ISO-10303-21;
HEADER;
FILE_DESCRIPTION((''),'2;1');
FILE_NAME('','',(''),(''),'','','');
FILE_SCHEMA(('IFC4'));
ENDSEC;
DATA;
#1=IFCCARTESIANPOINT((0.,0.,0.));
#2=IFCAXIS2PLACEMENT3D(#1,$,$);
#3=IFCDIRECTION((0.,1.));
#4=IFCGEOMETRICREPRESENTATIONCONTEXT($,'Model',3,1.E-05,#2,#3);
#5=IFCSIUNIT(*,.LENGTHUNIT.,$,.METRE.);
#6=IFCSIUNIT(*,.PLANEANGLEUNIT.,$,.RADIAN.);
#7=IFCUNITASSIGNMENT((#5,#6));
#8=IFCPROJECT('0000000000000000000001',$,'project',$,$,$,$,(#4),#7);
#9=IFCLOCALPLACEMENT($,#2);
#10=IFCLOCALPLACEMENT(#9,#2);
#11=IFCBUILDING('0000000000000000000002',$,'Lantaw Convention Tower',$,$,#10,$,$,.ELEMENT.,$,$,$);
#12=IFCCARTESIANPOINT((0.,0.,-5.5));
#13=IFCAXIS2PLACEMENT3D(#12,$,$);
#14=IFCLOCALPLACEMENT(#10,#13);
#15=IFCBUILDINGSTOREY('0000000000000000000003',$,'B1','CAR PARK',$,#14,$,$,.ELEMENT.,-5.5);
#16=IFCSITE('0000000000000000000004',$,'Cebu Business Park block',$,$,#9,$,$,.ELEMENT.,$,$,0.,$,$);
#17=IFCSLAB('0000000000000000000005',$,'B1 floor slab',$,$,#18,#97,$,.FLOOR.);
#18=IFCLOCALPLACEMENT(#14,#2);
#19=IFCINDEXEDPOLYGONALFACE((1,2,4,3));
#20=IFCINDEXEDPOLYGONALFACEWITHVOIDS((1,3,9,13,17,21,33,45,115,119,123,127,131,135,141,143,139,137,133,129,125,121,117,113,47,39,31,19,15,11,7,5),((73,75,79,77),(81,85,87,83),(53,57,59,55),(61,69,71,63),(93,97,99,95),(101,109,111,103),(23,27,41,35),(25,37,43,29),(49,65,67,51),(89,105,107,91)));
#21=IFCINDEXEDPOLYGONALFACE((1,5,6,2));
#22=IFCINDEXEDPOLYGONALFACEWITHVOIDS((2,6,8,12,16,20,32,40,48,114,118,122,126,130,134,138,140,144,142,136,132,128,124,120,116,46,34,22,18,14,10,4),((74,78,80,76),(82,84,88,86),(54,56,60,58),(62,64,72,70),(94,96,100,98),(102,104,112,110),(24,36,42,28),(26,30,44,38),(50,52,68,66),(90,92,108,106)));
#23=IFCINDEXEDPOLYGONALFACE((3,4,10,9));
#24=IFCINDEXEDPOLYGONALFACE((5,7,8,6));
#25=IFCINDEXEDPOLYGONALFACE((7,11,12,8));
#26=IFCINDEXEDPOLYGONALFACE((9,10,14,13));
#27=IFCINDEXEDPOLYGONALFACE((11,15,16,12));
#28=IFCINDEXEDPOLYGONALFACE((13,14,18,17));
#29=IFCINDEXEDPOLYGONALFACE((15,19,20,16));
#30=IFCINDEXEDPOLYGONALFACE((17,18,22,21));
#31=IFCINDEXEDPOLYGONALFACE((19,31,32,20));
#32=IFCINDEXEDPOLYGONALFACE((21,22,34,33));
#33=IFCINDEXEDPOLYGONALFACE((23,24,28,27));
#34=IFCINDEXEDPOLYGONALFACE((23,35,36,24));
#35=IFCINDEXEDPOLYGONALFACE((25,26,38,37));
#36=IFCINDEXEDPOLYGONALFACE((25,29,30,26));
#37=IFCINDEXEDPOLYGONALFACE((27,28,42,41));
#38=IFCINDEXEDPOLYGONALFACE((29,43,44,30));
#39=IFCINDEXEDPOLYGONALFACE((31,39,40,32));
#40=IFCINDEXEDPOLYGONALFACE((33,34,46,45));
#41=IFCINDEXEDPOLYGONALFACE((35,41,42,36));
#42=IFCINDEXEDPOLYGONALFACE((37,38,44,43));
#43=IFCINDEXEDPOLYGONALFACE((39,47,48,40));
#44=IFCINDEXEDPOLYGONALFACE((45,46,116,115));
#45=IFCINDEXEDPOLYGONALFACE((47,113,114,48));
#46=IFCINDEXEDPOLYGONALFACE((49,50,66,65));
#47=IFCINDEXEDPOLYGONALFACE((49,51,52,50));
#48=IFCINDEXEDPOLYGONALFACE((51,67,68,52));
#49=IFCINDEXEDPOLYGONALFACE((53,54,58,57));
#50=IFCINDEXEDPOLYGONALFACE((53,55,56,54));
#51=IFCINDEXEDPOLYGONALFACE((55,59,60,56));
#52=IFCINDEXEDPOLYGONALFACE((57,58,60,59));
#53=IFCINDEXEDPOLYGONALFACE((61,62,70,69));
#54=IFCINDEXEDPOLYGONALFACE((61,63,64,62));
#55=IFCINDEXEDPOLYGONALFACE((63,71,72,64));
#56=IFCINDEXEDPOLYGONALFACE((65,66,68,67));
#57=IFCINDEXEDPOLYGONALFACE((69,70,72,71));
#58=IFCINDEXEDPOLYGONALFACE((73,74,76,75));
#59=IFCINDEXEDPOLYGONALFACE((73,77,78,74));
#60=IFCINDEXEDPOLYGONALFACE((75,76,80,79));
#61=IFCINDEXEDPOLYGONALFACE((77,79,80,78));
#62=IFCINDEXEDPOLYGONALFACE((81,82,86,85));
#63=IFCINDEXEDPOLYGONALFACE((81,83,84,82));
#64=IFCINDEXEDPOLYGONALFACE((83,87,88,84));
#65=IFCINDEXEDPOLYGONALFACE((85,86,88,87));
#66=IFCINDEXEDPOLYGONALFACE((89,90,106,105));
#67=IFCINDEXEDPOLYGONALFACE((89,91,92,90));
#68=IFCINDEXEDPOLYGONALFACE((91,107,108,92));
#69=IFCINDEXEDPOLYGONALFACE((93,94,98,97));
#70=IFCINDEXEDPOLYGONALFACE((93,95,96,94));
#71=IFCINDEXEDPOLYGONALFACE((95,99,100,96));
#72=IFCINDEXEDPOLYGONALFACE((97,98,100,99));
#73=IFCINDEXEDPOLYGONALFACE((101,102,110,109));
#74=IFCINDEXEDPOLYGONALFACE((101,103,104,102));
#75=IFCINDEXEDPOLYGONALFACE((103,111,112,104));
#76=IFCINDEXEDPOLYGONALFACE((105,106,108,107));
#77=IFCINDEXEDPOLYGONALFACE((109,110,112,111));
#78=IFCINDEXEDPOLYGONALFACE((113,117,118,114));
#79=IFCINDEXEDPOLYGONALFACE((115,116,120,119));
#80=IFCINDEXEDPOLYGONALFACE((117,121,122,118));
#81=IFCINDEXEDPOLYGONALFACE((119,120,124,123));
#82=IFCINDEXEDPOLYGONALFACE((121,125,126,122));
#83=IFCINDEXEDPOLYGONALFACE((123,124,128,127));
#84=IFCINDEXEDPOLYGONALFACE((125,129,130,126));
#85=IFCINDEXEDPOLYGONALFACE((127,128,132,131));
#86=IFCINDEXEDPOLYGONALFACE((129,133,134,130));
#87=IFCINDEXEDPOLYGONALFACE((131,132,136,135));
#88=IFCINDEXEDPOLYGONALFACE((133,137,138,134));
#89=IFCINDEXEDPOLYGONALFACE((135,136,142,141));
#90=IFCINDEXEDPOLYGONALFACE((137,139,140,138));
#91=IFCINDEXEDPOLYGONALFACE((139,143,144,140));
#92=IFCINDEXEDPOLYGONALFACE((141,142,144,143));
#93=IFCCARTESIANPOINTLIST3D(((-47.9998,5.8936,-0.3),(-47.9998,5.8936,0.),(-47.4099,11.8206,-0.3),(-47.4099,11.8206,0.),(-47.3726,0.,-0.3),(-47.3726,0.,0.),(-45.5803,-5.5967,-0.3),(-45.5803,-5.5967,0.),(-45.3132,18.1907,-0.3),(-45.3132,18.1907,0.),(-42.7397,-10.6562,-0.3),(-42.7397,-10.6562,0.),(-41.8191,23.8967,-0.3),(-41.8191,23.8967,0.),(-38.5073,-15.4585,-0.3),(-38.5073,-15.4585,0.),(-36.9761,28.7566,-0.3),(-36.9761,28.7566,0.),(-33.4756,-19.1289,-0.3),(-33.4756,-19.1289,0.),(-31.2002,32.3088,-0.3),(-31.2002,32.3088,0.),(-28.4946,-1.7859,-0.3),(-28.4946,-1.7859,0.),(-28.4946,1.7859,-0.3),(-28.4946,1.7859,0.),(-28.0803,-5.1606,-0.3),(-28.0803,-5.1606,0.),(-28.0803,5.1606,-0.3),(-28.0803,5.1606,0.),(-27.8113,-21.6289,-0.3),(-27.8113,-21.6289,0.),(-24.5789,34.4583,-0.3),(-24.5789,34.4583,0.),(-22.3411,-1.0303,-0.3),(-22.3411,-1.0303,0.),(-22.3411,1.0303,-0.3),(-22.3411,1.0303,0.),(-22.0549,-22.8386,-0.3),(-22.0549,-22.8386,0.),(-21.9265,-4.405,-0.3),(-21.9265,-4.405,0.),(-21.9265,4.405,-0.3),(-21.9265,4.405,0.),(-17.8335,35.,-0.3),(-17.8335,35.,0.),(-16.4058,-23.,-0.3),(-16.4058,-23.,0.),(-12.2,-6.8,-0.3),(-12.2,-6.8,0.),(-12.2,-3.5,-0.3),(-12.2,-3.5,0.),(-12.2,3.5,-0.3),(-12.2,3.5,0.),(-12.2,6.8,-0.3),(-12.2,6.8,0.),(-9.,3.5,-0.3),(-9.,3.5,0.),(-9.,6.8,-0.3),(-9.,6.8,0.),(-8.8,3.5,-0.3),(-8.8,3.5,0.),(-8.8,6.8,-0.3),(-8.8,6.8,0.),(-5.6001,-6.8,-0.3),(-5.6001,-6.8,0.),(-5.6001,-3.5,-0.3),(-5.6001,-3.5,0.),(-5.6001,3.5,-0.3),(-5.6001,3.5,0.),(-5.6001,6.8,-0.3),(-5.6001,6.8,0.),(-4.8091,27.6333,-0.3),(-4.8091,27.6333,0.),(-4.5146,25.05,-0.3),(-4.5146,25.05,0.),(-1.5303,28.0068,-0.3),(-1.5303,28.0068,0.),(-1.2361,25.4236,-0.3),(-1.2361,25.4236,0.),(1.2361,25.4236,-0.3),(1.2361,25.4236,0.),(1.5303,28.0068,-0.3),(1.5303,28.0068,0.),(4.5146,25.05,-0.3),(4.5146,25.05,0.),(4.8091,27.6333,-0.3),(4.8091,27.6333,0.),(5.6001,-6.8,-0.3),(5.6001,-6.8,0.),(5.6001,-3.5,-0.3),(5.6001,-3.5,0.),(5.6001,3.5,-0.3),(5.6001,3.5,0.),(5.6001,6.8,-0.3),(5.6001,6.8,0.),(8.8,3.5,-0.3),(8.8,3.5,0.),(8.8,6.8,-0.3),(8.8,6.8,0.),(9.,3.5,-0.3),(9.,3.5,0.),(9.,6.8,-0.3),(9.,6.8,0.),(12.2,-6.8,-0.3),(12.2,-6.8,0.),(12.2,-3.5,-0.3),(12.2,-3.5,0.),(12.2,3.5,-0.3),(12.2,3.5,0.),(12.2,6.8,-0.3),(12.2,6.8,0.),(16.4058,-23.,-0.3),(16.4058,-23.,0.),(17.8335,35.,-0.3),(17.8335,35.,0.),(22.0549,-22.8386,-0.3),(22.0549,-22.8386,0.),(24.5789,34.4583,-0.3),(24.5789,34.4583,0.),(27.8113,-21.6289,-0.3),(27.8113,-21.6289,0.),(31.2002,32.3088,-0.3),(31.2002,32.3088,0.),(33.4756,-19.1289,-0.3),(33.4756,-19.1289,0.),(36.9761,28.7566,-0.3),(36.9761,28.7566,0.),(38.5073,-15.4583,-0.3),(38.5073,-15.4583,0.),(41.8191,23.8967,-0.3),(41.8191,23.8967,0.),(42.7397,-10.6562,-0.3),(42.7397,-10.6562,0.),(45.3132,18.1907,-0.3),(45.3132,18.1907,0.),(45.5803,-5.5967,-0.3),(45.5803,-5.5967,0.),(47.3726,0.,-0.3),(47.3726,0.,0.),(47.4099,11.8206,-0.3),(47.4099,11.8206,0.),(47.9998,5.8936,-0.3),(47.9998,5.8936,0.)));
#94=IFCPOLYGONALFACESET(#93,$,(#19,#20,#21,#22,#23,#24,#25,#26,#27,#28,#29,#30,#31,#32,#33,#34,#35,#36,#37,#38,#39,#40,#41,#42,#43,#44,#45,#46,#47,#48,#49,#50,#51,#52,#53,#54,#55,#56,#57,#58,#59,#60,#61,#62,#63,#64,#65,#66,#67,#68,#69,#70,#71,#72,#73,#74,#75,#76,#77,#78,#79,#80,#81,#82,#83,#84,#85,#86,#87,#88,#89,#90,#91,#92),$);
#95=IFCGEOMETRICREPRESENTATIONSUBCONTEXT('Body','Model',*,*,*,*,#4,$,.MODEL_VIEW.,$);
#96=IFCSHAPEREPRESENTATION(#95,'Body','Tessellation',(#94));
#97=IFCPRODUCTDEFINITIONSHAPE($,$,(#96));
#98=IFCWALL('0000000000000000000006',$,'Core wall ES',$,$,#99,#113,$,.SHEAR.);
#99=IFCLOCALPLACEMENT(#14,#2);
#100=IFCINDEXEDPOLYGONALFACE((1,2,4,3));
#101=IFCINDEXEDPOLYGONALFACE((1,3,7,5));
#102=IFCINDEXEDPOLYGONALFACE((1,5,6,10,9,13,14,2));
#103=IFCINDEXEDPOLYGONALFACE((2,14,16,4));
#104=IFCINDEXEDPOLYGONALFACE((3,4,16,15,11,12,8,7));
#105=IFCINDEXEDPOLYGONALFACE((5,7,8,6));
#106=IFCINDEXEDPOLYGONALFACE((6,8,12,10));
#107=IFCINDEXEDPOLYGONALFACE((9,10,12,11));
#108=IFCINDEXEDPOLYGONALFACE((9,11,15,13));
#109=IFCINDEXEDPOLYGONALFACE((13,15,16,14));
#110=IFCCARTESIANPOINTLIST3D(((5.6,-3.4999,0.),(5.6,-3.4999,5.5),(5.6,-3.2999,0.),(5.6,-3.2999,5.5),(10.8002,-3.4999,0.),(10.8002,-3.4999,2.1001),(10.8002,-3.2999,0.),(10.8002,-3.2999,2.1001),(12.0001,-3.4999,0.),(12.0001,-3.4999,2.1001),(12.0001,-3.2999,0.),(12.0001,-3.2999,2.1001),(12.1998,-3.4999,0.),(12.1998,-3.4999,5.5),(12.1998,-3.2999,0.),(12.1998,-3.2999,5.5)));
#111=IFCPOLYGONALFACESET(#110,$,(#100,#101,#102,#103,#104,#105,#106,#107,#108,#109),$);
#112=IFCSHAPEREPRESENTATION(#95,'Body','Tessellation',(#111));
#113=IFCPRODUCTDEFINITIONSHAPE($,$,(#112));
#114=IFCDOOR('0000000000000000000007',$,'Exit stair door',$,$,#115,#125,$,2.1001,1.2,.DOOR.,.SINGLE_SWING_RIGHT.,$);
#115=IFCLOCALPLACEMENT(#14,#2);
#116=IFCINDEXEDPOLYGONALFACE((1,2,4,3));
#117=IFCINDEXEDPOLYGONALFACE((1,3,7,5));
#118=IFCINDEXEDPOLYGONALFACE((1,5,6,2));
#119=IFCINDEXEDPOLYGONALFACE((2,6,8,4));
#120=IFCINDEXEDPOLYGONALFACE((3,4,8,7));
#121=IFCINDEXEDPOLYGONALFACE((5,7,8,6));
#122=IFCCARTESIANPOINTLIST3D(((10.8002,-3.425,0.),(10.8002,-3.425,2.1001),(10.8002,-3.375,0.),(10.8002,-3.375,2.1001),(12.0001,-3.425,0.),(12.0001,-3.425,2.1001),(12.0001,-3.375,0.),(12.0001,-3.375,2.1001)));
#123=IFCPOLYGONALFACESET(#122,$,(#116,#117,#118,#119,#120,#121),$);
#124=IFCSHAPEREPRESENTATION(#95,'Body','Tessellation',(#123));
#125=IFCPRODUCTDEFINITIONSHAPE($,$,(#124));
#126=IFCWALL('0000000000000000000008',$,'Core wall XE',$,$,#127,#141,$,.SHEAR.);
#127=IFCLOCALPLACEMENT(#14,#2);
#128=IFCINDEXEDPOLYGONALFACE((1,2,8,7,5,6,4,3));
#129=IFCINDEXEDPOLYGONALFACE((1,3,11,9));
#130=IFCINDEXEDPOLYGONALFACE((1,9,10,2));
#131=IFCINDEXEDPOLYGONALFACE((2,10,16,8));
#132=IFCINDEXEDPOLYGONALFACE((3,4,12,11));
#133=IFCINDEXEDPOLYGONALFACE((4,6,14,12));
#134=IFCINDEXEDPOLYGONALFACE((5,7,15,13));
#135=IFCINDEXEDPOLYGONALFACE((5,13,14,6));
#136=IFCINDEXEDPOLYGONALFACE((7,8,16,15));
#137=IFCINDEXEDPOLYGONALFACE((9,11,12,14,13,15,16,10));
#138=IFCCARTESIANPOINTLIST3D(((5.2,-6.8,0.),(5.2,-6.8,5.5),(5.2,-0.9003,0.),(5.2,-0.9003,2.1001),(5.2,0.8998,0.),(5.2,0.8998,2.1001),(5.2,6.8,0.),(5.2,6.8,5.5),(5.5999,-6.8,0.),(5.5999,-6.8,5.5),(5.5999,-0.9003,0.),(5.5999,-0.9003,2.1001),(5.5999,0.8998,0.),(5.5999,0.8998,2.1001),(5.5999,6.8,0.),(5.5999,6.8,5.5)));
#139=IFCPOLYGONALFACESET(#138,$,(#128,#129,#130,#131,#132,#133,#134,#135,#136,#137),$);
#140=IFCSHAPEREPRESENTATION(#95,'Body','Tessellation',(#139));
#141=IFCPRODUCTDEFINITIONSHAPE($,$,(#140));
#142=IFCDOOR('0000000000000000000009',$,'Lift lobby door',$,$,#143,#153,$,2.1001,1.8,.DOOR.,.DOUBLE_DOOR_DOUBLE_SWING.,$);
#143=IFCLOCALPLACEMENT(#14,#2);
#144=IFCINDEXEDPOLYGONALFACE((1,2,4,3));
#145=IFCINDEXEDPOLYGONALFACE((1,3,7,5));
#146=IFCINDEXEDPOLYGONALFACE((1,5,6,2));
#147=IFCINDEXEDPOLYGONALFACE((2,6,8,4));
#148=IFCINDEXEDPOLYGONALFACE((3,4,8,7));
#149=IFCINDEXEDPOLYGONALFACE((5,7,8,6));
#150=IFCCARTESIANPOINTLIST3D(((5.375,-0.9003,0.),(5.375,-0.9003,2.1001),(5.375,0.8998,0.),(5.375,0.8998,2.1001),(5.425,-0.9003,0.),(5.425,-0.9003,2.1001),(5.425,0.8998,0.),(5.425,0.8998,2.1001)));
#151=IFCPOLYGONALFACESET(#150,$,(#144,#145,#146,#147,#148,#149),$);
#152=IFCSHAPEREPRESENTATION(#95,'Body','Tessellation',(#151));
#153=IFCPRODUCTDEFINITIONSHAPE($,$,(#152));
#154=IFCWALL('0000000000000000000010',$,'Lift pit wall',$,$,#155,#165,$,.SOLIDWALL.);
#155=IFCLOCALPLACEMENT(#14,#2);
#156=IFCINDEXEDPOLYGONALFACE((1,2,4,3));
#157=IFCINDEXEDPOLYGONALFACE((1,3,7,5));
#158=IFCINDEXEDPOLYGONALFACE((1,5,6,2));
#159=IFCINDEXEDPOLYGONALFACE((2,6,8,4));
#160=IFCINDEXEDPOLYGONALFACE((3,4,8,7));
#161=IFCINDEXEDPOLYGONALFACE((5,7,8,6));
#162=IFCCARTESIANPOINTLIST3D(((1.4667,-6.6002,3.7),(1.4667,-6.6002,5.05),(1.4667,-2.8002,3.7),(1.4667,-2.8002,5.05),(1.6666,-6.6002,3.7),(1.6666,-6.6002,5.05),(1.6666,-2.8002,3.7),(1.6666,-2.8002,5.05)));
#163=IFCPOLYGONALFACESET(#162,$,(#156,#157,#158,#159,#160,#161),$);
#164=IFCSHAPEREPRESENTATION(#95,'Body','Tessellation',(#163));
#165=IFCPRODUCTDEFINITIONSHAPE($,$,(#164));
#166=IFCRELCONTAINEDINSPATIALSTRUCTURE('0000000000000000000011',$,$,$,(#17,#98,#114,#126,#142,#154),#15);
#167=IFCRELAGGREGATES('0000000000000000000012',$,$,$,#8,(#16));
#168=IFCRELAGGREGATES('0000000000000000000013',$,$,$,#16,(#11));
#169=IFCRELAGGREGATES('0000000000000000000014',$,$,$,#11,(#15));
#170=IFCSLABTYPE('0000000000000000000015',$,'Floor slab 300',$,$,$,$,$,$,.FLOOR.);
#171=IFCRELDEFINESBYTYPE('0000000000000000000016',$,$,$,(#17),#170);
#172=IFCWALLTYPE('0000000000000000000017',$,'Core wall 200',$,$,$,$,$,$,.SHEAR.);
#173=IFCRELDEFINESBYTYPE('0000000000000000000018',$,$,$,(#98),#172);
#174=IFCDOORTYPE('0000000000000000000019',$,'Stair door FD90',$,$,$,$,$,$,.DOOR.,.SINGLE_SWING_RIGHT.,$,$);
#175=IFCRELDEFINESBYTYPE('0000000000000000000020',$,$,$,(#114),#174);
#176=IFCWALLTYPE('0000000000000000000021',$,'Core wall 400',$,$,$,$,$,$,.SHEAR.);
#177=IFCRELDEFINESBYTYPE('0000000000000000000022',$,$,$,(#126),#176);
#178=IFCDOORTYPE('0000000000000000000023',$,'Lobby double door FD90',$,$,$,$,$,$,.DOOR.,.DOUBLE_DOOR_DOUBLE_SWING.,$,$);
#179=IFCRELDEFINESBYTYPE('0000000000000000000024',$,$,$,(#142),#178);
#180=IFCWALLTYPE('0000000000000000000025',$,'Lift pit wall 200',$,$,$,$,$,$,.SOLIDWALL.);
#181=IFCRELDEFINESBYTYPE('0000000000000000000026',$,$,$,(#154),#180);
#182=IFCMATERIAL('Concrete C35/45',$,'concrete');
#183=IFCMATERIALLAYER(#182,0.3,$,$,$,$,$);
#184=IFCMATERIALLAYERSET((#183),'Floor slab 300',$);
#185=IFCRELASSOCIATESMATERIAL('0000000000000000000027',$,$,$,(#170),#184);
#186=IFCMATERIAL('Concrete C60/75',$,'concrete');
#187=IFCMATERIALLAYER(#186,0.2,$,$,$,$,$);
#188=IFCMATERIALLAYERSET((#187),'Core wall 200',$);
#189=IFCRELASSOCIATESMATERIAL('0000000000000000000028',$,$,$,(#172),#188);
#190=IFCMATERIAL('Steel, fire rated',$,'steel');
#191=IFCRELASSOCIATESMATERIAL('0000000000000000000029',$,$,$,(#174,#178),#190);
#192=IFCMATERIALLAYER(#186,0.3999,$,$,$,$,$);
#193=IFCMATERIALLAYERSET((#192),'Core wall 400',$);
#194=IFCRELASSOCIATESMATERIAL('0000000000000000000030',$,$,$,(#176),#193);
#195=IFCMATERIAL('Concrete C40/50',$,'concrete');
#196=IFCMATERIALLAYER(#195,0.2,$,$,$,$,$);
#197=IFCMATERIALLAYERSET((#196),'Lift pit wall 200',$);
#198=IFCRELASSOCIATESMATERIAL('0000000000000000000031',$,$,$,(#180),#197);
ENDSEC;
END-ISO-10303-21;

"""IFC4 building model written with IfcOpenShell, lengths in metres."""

from ifc_helpers import new_model, si_unit, direction, frame, frame_2d, origin, place, context, subcontext, project, spatial, polyline, rectangle, outline, extrude, material, layer, layer_set, type_object, element, fill, save


model = new_model("IFC4")

# Units and contexts
model_context = context("Model", 3, precision=1e-05, world=origin(), true_north=direction((0.0, 1.0)))
body_context = subcontext(model_context, "Body", "Model", "MODEL_VIEW")
ifc_project = project(units=[si_unit("LENGTHUNIT", "METRE"), si_unit("PLANEANGLEUNIT", "RADIAN")], contexts=[model_context])

# Site, building, storey
site_placement = place(None, origin())
site = spatial("IfcSite", under=ifc_project, at=site_placement, Name="Cebu Business Park block", CompositionType="ELEMENT", RefElevation=0.0)
building_placement = place(site_placement, origin())
building = spatial("IfcBuilding", under=site, at=building_placement, Name="Lantaw Convention Tower", CompositionType="ELEMENT")
storey_placement = place(building_placement, frame((0.0, 0.0, -5.5)))
storey = spatial("IfcBuildingStorey", under=building, at=storey_placement, Name="B1", Description="CAR PARK", CompositionType="ELEMENT", Elevation=-5.5)

# Slab
ifc_material_1 = material(Name="Concrete C35/45", Category="concrete")
ifc_layer_1 = layer(ifc_material_1, 0.3)
ifc_layer_set_1 = layer_set([ifc_layer_1], Name="Floor slab 300")
slab_type = type_object("IfcSlabType", Name="Floor slab 300", PredefinedType="FLOOR", material=ifc_layer_set_1)
slab_placement = place(storey_placement, frame((0.0, 0.0, -0.3)))
element("IfcSlab", 1, at=slab_placement, inside=storey, type_object=slab_type, Name="B1 floor slab", PredefinedType="FLOOR", context=body_context, shape_type="SweptSolid", body=[
    extrude(outline(polyline([(45.5803, -5.5967), (47.3726, 0.0), (47.9998, 5.8936), (47.4099, 11.8206), (45.3132, 18.1907), (41.8191, 23.8967), (36.9761, 28.7566), (31.2002, 32.3088), (24.5789, 34.4583), (17.8335, 35.0), (-17.8335, 35.0), (-24.5789, 34.4583), (-31.2002, 32.3088), (-36.9761, 28.7566), (-41.8191, 23.8967), (-45.3132, 18.1907), (-47.4099, 11.8206), (-47.9998, 5.8936), (-47.3726, 0.0), (-45.5803, -5.5967), (-42.7397, -10.6562), (-38.5073, -15.4585), (-33.4756, -19.1289), (-27.8113, -21.6289), (-22.0549, -22.8386), (-16.4058, -23.0), (16.4058, -23.0), (22.0549, -22.8386), (27.8113, -21.6289), (33.4756, -19.1289), (38.5073, -15.4583), (42.7397, -10.6562), (45.5803, -5.5967)]), holes=[polyline([(-5.6001, -3.5), (-12.2, -3.5), (-12.2, -6.8), (-5.6001, -6.8), (-5.6001, -3.5)]), polyline([(12.2, -3.5), (5.6001, -3.5), (5.6001, -6.8), (12.2, -6.8), (12.2, -3.5)]), polyline([(-28.0803, -5.1606), (-21.9265, -4.405), (-22.3411, -1.0303), (-28.4946, -1.7859), (-28.0803, -5.1606)]), polyline([(-28.0803, 5.1606), (-28.4946, 1.7859), (-22.3411, 1.0303), (-21.9265, 4.405), (-28.0803, 5.1606)]), polyline([(-9.0, 3.5), (-9.0, 6.8), (-12.2, 6.8), (-12.2, 3.5), (-9.0, 3.5)]), polyline([(-5.6001, 6.8), (-8.8, 6.8), (-8.8, 3.5), (-5.6001, 3.5), (-5.6001, 6.8)]), polyline([(8.8, 6.8), (5.6001, 6.8), (5.6001, 3.5), (8.8, 3.5), (8.8, 6.8)]), polyline([(12.2, 6.8), (9.0, 6.8), (9.0, 3.5), (12.2, 3.5), (12.2, 6.8)]), polyline([(-1.5303, 28.0068), (-4.8091, 27.6333), (-4.5146, 25.05), (-1.2361, 25.4236), (-1.5303, 28.0068)]), polyline([(4.8091, 27.6333), (1.5303, 28.0068), (1.2361, 25.4236), (4.5146, 25.05), (4.8091, 27.6333)])]), origin(), (0.0, 0.0, 1.0), 0.3),
])

# Walls, openings, doors
ifc_material_2 = material(Name="Concrete C60/75", Category="concrete")
ifc_layer_2 = layer(ifc_material_2, 0.2)
ifc_layer_set_2 = layer_set([ifc_layer_2], Name="Core wall 200")
wall_type_1 = type_object("IfcWallType", Name="Core wall 200", PredefinedType="SHEAR", material=ifc_layer_set_2)
wall_1_placement = place(storey_placement, frame((5.6001, -3.3999, 0.0), z_axis=(0.0, 0.0, 1.0), x_axis=(1.0, 0.0, 0.0)))
wall_1 = element("IfcWall", 2, at=wall_1_placement, inside=storey, type_object=wall_type_1, Name="Core wall ES", PredefinedType="SHEAR", context=body_context, shape_type="SweptSolid", body=[
    extrude(rectangle(XDim=6.5999, YDim=0.2, at=frame_2d((3.2998, 0.0))), origin(), (0.0, 0.0, 1.0), 5.5),
])
opening_1_placement = place(wall_1_placement, frame((5.2, 0.0, 0.0)))
opening_1 = element("IfcOpeningElement", 3, at=opening_1_placement, cuts=wall_1, PredefinedType="OPENING", context=body_context, shape_type="SweptSolid", body=[
    extrude(rectangle(XDim=1.2, YDim=2.1001, at=frame_2d((0.6001, 1.05))), frame((0.0, 0.1099, 0.0), z_axis=(0.0, -1.0, 0.0), x_axis=(1.0, 0.0, 0.0)), (0.0, 0.0, 1.0), 0.22),
])
ifc_material_3 = material(Name="Steel, fire rated", Category="steel")
door_type_1 = type_object("IfcDoorType", Name="Stair door FD90", OperationType="SINGLE_SWING_RIGHT", PredefinedType="DOOR", material=ifc_material_3)
door_1_placement = place(opening_1_placement, origin())
door_1 = element("IfcDoor", 4, at=door_1_placement, inside=storey, type_object=door_type_1, Name="Exit stair door", OperationType="SINGLE_SWING_RIGHT", OverallHeight=2.1001, OverallWidth=1.2, PredefinedType="DOOR", context=body_context, shape_type="SweptSolid", body=[
    extrude(rectangle(XDim=1.2, YDim=2.1001, at=frame_2d((0.6001, 1.05))), frame((0.0, 0.0249, 0.0), z_axis=(0.0, -1.0, 0.0), x_axis=(1.0, 0.0, 0.0)), (0.0, 0.0, 1.0), 0.05),
])
fill(opening_1, door_1)
ifc_layer_3 = layer(ifc_material_2, 0.3999)
ifc_layer_set_3 = layer_set([ifc_layer_3], Name="Core wall 400")
wall_type_2 = type_object("IfcWallType", Name="Core wall 400", PredefinedType="SHEAR", material=ifc_layer_set_3)
wall_2_placement = place(storey_placement, frame((5.3999, -6.8, 0.0), z_axis=(0.0, 0.0, 1.0), x_axis=(0.0, 1.0, 0.0)))
wall_2 = element("IfcWall", 5, at=wall_2_placement, inside=storey, type_object=wall_type_2, Name="Core wall XE", PredefinedType="SHEAR", context=body_context, shape_type="SweptSolid", body=[
    extrude(rectangle(XDim=13.6001, YDim=0.3999, at=frame_2d((6.8, 0.0))), origin(), (0.0, 0.0, 1.0), 5.5),
])
opening_2_placement = place(wall_2_placement, frame((5.8999, 0.0, 0.0)))
opening_2 = element("IfcOpeningElement", 6, at=opening_2_placement, cuts=wall_2, PredefinedType="OPENING", context=body_context, shape_type="SweptSolid", body=[
    extrude(rectangle(XDim=1.8, YDim=2.1001, at=frame_2d((0.8999, 1.05))), frame((0.0, 0.21, 0.0), z_axis=(0.0, -1.0, 0.0), x_axis=(1.0, 0.0, 0.0)), (0.0, 0.0, 1.0), 0.4199),
])
door_type_2 = type_object("IfcDoorType", Name="Lobby double door FD90", OperationType="DOUBLE_DOOR_DOUBLE_SWING", PredefinedType="DOOR", material=ifc_material_3)
door_2_placement = place(opening_2_placement, origin())
door_2 = element("IfcDoor", 7, at=door_2_placement, inside=storey, type_object=door_type_2, Name="Lift lobby door", OperationType="DOUBLE_DOOR_DOUBLE_SWING", OverallHeight=2.1001, OverallWidth=1.8, PredefinedType="DOOR", context=body_context, shape_type="SweptSolid", body=[
    extrude(rectangle(XDim=1.8, YDim=2.1001, at=frame_2d((0.8999, 1.05))), frame((0.0, 0.0249, 0.0), z_axis=(0.0, -1.0, 0.0), x_axis=(1.0, 0.0, 0.0)), (0.0, 0.0, 1.0), 0.05),
])
fill(opening_2, door_2)

# Wall
ifc_material_4 = material(Name="Concrete C40/50", Category="concrete")
ifc_layer_4 = layer(ifc_material_4, 0.2)
ifc_layer_set_4 = layer_set([ifc_layer_4], Name="Lift pit wall 200")
wall_type_3 = type_object("IfcWallType", Name="Lift pit wall 200", PredefinedType="SOLIDWALL", material=ifc_layer_set_4)
wall_3_placement = place(storey_placement, frame((1.5667, -6.6001, 3.7), z_axis=(0.0, 0.0, 1.0), x_axis=(0.0, 1.0, 0.0)))
element("IfcWall", 8, at=wall_3_placement, inside=storey, type_object=wall_type_3, Name="Lift pit wall", PredefinedType="SOLIDWALL", context=body_context, shape_type="SweptSolid", body=[
    extrude(rectangle(XDim=3.8, YDim=0.2, at=frame_2d((1.8999, 0.0))), origin(), (0.0, 0.0, 1.0), 1.3501),
])

save(model, "model.ifc")
